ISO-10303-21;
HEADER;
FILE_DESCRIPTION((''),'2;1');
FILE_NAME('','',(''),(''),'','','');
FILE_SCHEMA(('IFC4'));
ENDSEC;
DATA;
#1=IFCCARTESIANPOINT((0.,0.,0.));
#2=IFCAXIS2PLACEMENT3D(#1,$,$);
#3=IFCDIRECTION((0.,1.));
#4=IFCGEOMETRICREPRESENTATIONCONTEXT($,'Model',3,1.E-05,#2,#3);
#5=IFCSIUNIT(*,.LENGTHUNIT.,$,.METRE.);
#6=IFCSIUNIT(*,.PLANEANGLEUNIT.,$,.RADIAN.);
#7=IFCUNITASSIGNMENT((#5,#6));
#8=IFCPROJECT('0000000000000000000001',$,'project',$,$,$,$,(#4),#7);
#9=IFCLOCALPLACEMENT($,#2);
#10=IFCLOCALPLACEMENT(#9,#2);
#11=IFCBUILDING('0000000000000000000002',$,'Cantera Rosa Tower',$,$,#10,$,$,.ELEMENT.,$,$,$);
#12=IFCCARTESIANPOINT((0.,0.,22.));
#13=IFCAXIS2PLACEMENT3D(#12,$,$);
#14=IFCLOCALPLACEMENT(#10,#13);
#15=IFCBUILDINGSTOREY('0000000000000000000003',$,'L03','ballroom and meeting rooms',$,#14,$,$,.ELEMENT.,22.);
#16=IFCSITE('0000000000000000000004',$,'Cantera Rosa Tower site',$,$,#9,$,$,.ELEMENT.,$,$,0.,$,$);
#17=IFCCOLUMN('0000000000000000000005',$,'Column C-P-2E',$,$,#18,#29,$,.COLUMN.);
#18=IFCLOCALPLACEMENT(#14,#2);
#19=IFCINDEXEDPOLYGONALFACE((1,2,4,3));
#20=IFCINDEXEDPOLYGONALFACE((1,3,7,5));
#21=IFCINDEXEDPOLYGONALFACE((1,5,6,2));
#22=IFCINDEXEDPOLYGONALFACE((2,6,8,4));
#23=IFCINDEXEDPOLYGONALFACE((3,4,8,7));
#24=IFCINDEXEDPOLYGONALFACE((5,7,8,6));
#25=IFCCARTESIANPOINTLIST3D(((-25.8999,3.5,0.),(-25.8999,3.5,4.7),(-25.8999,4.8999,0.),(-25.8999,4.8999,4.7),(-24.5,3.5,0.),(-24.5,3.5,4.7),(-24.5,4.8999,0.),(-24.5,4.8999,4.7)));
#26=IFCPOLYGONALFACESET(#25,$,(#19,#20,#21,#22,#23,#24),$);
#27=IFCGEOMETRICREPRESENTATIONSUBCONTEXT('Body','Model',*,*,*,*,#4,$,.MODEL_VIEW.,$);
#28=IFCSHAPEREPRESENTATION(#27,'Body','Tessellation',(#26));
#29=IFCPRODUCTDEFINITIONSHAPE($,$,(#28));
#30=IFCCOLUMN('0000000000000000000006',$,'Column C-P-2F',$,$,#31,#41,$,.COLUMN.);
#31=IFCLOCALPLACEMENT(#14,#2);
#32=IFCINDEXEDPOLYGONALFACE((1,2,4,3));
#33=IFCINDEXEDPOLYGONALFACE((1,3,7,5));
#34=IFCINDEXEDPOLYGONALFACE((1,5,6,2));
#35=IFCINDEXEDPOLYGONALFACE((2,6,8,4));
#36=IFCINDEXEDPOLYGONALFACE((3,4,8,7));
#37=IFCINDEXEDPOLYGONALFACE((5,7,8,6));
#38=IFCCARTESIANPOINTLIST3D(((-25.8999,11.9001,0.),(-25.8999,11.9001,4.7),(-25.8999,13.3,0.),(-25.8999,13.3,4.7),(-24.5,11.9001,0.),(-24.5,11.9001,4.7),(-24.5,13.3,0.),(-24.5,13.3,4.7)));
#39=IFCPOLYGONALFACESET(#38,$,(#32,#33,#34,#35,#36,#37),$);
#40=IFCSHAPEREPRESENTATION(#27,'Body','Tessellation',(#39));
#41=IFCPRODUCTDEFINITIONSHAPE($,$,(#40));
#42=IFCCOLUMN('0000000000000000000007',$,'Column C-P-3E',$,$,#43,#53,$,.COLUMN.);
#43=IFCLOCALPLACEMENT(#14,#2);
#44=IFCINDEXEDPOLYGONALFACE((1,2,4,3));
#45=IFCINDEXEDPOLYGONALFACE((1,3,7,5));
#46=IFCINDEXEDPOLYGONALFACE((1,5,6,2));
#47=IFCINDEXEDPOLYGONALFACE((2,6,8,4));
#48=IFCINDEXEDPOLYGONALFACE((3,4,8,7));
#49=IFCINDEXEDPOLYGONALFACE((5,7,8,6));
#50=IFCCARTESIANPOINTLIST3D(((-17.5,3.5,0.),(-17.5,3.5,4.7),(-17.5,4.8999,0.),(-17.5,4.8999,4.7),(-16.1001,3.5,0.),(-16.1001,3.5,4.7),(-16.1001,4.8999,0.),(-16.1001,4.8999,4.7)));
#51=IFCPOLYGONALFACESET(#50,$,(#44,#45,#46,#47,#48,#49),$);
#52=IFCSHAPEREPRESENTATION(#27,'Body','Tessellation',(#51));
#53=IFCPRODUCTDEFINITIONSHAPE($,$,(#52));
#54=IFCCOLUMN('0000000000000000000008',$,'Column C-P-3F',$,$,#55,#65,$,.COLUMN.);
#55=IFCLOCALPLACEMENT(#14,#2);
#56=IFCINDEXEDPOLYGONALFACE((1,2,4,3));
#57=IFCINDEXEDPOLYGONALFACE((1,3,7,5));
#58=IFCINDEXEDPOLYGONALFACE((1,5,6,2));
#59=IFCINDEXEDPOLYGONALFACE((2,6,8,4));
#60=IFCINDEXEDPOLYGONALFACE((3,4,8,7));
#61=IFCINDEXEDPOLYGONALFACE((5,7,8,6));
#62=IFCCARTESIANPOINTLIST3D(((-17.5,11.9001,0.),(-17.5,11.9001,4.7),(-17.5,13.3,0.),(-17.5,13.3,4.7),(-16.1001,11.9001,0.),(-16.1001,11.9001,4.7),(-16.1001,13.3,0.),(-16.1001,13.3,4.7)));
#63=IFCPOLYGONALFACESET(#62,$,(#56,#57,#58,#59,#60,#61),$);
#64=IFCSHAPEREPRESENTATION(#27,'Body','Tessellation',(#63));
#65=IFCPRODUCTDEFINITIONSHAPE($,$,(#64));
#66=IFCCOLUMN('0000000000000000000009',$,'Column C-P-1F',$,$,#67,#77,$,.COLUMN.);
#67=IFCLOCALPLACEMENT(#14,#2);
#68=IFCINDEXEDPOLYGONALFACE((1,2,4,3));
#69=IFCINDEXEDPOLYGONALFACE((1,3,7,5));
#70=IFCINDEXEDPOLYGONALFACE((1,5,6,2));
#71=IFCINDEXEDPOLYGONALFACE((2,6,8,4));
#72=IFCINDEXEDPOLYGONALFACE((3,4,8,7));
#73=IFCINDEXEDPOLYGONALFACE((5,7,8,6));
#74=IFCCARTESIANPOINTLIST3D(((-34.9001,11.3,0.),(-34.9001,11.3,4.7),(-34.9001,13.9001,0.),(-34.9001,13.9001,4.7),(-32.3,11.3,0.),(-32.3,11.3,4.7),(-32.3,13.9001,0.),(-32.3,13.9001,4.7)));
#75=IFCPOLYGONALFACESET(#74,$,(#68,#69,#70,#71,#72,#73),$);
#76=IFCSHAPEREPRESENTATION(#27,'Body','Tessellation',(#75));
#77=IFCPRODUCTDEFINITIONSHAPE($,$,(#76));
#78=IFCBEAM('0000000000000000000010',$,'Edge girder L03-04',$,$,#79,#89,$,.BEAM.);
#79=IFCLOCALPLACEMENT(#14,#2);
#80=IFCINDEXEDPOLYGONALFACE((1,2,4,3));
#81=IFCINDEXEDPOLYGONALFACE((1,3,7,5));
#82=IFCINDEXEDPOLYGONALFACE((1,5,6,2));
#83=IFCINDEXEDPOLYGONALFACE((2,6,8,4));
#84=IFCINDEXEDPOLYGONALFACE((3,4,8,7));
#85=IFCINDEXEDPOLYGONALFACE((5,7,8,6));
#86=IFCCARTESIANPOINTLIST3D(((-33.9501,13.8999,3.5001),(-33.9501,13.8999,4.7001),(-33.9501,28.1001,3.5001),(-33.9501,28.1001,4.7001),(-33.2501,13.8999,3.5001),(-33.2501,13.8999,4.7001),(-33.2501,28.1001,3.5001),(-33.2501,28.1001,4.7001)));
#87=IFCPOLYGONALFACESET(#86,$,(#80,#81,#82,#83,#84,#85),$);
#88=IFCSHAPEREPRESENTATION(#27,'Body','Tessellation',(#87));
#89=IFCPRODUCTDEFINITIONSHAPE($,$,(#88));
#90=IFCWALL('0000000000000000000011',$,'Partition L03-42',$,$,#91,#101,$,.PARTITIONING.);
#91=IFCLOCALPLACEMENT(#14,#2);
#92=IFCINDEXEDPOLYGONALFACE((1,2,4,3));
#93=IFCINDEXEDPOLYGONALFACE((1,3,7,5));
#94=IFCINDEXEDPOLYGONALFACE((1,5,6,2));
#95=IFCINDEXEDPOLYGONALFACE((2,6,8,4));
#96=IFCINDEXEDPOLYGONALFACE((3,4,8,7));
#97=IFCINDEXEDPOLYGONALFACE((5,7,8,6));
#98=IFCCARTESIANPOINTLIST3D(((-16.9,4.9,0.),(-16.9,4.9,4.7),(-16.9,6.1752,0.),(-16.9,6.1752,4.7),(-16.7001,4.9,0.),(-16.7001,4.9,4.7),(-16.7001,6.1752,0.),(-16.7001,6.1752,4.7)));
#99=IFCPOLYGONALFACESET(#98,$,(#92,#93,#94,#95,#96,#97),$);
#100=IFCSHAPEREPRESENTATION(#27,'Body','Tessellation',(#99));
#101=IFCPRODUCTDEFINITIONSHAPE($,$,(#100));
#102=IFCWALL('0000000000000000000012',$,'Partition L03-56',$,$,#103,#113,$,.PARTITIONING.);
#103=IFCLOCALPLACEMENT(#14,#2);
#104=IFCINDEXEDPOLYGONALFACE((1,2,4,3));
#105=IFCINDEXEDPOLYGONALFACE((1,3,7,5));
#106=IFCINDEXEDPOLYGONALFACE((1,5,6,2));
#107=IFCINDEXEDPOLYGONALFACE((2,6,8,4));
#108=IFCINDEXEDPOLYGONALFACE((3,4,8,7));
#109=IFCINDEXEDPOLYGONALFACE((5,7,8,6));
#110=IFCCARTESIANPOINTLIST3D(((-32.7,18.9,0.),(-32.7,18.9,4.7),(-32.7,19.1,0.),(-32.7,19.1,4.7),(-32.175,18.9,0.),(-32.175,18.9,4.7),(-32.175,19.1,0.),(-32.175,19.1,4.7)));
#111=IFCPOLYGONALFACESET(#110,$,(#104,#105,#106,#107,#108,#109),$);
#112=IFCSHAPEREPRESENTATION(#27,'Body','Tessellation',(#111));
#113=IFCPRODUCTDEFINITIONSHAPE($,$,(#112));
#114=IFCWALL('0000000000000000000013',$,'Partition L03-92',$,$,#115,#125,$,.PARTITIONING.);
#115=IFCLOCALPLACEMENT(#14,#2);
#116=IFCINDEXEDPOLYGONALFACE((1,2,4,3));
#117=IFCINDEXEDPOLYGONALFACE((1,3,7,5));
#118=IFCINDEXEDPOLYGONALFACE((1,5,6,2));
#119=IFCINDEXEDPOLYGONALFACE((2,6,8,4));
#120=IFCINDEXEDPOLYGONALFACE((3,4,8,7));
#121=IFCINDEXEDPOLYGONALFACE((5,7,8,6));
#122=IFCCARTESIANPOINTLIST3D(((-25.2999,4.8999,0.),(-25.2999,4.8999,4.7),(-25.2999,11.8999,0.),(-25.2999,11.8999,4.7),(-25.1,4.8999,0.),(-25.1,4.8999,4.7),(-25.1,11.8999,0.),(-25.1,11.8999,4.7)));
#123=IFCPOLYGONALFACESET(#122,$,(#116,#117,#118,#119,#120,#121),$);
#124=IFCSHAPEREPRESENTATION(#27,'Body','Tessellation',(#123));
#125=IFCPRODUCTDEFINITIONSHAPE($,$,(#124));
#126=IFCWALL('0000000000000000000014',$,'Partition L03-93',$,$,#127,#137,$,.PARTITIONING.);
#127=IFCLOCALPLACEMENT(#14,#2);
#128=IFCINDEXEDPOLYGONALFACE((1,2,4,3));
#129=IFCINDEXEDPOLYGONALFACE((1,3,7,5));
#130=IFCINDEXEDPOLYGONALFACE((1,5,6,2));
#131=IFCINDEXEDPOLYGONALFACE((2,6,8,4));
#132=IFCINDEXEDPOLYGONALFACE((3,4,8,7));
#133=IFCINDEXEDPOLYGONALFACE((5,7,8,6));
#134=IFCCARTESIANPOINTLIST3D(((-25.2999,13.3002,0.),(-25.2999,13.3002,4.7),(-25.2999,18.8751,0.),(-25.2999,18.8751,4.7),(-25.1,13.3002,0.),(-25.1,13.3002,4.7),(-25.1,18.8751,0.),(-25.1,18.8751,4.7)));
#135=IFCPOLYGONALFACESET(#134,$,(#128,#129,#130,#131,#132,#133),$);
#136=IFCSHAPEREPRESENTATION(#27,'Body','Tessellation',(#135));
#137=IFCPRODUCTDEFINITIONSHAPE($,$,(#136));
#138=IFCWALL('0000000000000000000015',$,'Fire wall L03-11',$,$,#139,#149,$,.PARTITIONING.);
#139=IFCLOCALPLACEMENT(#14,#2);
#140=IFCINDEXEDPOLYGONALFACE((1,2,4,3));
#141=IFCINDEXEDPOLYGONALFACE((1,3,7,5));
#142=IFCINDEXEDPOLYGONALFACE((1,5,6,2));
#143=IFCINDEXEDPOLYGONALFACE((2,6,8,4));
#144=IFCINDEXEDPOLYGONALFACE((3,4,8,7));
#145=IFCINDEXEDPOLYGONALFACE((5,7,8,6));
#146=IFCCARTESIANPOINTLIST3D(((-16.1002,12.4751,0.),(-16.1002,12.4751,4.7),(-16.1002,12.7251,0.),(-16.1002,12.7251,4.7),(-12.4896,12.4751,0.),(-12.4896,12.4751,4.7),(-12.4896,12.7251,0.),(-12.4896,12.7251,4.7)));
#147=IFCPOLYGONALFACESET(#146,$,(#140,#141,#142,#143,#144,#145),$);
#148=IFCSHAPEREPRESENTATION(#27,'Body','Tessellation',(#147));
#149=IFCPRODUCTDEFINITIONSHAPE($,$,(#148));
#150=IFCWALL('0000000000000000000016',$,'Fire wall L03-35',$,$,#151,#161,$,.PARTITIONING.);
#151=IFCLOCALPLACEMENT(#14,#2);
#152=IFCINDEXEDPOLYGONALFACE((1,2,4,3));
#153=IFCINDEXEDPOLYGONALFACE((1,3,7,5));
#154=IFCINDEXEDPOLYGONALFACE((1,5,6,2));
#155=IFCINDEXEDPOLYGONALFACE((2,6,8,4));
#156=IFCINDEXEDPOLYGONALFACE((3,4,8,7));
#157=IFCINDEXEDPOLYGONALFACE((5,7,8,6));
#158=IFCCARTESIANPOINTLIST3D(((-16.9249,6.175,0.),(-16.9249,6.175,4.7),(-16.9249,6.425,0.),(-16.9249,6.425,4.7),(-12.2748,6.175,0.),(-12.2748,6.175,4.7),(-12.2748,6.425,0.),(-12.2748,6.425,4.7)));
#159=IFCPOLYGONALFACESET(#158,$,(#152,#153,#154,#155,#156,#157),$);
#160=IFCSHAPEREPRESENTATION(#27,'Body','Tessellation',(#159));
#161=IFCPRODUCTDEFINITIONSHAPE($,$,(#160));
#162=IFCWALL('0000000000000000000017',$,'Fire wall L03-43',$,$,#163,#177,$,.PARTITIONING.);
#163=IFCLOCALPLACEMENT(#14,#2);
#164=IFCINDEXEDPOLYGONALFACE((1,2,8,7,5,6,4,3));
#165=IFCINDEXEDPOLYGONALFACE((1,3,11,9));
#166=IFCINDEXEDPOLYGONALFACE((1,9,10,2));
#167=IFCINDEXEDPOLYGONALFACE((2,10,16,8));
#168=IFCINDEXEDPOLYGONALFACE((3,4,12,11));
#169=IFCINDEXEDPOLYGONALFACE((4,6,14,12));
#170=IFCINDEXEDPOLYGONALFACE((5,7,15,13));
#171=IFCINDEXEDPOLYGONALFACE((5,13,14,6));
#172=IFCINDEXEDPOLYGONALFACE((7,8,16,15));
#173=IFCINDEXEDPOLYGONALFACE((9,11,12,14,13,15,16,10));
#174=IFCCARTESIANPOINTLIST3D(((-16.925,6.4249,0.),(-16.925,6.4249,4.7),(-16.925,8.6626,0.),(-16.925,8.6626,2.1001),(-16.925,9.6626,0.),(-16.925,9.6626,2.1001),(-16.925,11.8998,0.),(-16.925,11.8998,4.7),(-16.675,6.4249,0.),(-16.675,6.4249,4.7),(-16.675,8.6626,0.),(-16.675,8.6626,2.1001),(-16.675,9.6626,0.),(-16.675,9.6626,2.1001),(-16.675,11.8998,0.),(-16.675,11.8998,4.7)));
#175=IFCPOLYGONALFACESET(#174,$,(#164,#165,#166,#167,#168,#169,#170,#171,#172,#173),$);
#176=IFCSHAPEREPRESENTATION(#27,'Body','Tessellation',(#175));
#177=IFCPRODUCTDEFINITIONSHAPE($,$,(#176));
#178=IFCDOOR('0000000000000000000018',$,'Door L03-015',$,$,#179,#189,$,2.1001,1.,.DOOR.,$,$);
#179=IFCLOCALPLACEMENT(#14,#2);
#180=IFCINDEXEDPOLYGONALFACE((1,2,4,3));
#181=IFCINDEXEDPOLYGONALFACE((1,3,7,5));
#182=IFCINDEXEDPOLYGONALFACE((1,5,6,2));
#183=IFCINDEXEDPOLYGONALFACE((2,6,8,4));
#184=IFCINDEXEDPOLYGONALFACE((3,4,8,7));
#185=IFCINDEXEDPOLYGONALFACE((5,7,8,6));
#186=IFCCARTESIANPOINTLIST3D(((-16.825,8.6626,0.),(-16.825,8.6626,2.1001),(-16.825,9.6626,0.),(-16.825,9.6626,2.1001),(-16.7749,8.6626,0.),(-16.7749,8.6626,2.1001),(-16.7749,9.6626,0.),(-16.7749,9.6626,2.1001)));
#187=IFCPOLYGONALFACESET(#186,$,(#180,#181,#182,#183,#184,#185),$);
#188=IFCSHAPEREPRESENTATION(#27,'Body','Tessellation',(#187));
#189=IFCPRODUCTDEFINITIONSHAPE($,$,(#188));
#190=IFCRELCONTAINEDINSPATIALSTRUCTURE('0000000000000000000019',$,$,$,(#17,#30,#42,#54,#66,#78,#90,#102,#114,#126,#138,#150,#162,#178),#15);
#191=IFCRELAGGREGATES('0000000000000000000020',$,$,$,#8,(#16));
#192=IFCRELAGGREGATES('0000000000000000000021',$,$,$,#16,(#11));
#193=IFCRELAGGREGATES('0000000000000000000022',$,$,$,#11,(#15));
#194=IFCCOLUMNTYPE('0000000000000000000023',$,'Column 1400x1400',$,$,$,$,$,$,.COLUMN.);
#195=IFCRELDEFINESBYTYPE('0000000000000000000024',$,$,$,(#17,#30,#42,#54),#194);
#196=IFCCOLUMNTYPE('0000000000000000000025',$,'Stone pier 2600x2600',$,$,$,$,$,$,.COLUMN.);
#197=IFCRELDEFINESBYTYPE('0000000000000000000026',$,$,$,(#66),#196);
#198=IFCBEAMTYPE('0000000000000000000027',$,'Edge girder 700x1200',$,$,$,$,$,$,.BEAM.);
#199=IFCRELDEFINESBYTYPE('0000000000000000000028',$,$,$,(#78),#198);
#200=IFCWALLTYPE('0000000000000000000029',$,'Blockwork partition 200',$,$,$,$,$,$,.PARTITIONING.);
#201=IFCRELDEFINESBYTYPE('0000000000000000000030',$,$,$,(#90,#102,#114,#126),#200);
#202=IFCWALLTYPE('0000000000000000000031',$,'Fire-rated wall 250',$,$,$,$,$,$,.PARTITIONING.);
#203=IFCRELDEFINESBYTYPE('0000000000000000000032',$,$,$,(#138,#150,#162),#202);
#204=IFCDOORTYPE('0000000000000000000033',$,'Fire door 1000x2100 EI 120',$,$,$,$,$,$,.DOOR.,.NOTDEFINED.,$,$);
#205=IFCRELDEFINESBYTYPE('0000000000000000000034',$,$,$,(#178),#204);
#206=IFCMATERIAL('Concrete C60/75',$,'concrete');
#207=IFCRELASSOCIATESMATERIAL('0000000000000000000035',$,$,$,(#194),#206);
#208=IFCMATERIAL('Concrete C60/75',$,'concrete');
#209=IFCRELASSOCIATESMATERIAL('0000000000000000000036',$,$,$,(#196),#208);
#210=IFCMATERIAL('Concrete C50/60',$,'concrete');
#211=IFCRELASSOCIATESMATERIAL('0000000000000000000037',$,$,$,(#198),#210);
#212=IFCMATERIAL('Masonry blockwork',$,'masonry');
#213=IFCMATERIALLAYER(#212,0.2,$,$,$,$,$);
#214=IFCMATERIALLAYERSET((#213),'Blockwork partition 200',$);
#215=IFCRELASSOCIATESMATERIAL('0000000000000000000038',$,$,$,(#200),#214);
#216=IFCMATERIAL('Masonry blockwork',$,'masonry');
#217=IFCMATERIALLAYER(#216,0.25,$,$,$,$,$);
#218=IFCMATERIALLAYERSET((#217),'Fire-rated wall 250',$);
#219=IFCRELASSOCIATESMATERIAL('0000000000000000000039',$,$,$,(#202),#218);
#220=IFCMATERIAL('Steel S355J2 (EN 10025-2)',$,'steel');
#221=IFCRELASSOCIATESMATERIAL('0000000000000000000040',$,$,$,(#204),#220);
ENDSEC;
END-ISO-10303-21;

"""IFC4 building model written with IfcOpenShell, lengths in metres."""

from ifc_helpers import new_model, si_unit, direction, frame, frame_2d, origin, origin_2d, place, context, subcontext, project, spatial, rectangle, extrude, material, layer, layer_set, material_profile, profile_set, type_object, element, fill, save


model = new_model("IFC4")

# Units and contexts
model_context = context("Model", 3, precision=1e-05, world=origin(), true_north=direction((0.0, 1.0)))
body_context = subcontext(model_context, "Body", "Model", "MODEL_VIEW")
ifc_project = project(units=[si_unit("LENGTHUNIT", "METRE"), si_unit("PLANEANGLEUNIT", "RADIAN")], contexts=[model_context])

# Site, building, storey
site_placement = place(None, origin())
site = spatial("IfcSite", under=ifc_project, at=site_placement, Name="Cantera Rosa Tower site", CompositionType="ELEMENT", RefElevation=0.0)
building_placement = place(site_placement, origin())
building = spatial("IfcBuilding", under=site, at=building_placement, Name="Cantera Rosa Tower", CompositionType="ELEMENT")
storey_placement = place(building_placement, frame((0.0, 0.0, 22.0)))
storey = spatial("IfcBuildingStorey", under=building, at=storey_placement, Name="L03", Description="ballroom and meeting rooms", CompositionType="ELEMENT", Elevation=22.0)

# Columns
ifc_material_1 = material(Name="Concrete C60/75", Category="concrete")
ifc_material_profile_1 = material_profile(ifc_material_1, rectangle(XDim=1.3999, YDim=1.3999, at=origin_2d()), Name="Column 1400x1400")
ifc_profile_set_1 = profile_set([ifc_material_profile_1], Name="Concrete C60/75")
column_type_1 = type_object("IfcColumnType", Name="Column 1400x1400", PredefinedType="COLUMN", material=ifc_profile_set_1)
for number, where, z_axis, x_axis, name in (
    (1, (-25.2, 4.2, 0.0), (0.0, 0.0, 1.0), (1.0, 0.0, 0.0), "Column C-P-2E"),
    (2, (-25.2, 12.6001, 0.0), (0.0, 0.0, 1.0), (1.0, 0.0, 0.0), "Column C-P-2F"),
    (3, (-16.8, 4.2, 0.0), (0.0, 0.0, 1.0), (1.0, 0.0, 0.0), "Column C-P-3E"),
    (4, (-16.8, 12.6001, 0.0), (0.0, 0.0, 1.0), (1.0, 0.0, 0.0), "Column C-P-3F"),
):
    element("IfcColumn", number, at=place(storey_placement, frame(where, z_axis=z_axis, x_axis=x_axis)), inside=storey, type_object=column_type_1, Name=name, PredefinedType="COLUMN", context=body_context, shape_type="SweptSolid", body=[
        extrude(rectangle(XDim=1.3999, YDim=1.3999, at=origin_2d()), origin(), (0.0, 0.0, 1.0), 4.7),
    ])
ifc_material_2 = material(Name="Concrete C60/75", Category="concrete")
ifc_material_profile_2 = material_profile(ifc_material_2, rectangle(XDim=2.6001, YDim=2.6001, at=origin_2d()), Name="Stone pier 2600x2600")
ifc_profile_set_2 = profile_set([ifc_material_profile_2], Name="Concrete C60/75")
column_type_2 = type_object("IfcColumnType", Name="Stone pier 2600x2600", PredefinedType="COLUMN", material=ifc_profile_set_2)
column_placement = place(storey_placement, frame((-33.6001, 12.6001, 0.0), z_axis=(0.0, 0.0, 1.0), x_axis=(1.0, 0.0, 0.0)))
element("IfcColumn", 5, at=column_placement, inside=storey, type_object=column_type_2, Name="Column C-P-1F", PredefinedType="COLUMN", context=body_context, shape_type="SweptSolid", body=[
    extrude(rectangle(XDim=2.6001, YDim=2.6001, at=origin_2d()), origin(), (0.0, 0.0, 1.0), 4.7),
])

# Beam
ifc_material_3 = material(Name="Concrete C50/60", Category="concrete")
ifc_material_profile_3 = material_profile(ifc_material_3, rectangle(XDim=0.7, YDim=1.2, at=origin_2d()), Name="Edge girder 700x1200")
ifc_profile_set_3 = profile_set([ifc_material_profile_3], Name="Concrete C50/60")
beam_type = type_object("IfcBeamType", Name="Edge girder 700x1200", PredefinedType="BEAM", material=ifc_profile_set_3)
beam_placement = place(storey_placement, frame((-33.6001, 13.8999, 4.1001), z_axis=(0.0, 1.0, 0.0), x_axis=(-1.0, 0.0, 0.0)))
element("IfcBeam", 6, at=beam_placement, inside=storey, type_object=beam_type, Name="Edge girder L03-04", PredefinedType="BEAM", context=body_context, shape_type="SweptSolid", body=[
    extrude(rectangle(XDim=0.7, YDim=1.2, at=origin_2d()), origin(), (0.0, 0.0, 1.0), 14.2002),
])

# Walls
ifc_material_4 = material(Name="Masonry blockwork", Category="masonry")
ifc_layer_1 = layer(ifc_material_4, 0.2)
ifc_layer_set_1 = layer_set([ifc_layer_1], Name="Blockwork partition 200")
wall_type_1 = type_object("IfcWallType", Name="Blockwork partition 200", PredefinedType="PARTITIONING", material=ifc_layer_set_1)
wall_1_placement = place(storey_placement, frame((-16.8, 4.8999, 0.0), z_axis=(0.0, 0.0, 1.0), x_axis=(0.0, 1.0, 0.0)))
element("IfcWall", 7, at=wall_1_placement, inside=storey, type_object=wall_type_1, Name="Partition L03-42", PredefinedType="PARTITIONING", context=body_context, shape_type="SweptSolid", body=[
    extrude(rectangle(XDim=1.2751, YDim=0.2, at=frame_2d((0.6377, 0.0))), origin(), (0.0, 0.0, 1.0), 4.7),
])
wall_2_placement = place(storey_placement, frame((-32.7, 19.0, 0.0), z_axis=(0.0, 0.0, 1.0), x_axis=(1.0, 0.0, 0.0)))
element("IfcWall", 8, at=wall_2_placement, inside=storey, type_object=wall_type_1, Name="Partition L03-56", PredefinedType="PARTITIONING", context=body_context, shape_type="SweptSolid", body=[
    extrude(rectangle(XDim=0.5249, YDim=0.2, at=frame_2d((0.2625, 0.0))), origin(), (0.0, 0.0, 1.0), 4.7),
])
wall_3_placement = place(storey_placement, frame((-25.2, 4.8999, 0.0), z_axis=(0.0, 0.0, 1.0), x_axis=(0.0, 1.0, 0.0)))
element("IfcWall", 9, at=wall_3_placement, inside=storey, type_object=wall_type_1, Name="Partition L03-92", PredefinedType="PARTITIONING", context=body_context, shape_type="SweptSolid", body=[
    extrude(rectangle(XDim=7.0, YDim=0.2, at=frame_2d((3.5, 0.0))), origin(), (0.0, 0.0, 1.0), 4.7),
])
wall_4_placement = place(storey_placement, frame((-25.2, 13.3, 0.0), z_axis=(0.0, 0.0, 1.0), x_axis=(0.0, 1.0, 0.0)))
element("IfcWall", 10, at=wall_4_placement, inside=storey, type_object=wall_type_1, Name="Partition L03-93", PredefinedType="PARTITIONING", context=body_context, shape_type="SweptSolid", body=[
    extrude(rectangle(XDim=5.575, YDim=0.2, at=frame_2d((2.7876, 0.0))), origin(), (0.0, 0.0, 1.0), 4.7),
])
ifc_material_5 = material(Name="Masonry blockwork", Category="masonry")
ifc_layer_2 = layer(ifc_material_5, 0.25)
ifc_layer_set_2 = layer_set([ifc_layer_2], Name="Fire-rated wall 250")
wall_type_2 = type_object("IfcWallType", Name="Fire-rated wall 250", PredefinedType="PARTITIONING", material=ifc_layer_set_2)
wall_5_placement = place(storey_placement, frame((-16.1001, 12.6001, 0.0), z_axis=(0.0, 0.0, 1.0), x_axis=(1.0, 0.0, 0.0)))
element("IfcWall", 11, at=wall_5_placement, inside=storey, type_object=wall_type_2, Name="Fire wall L03-11", PredefinedType="PARTITIONING", context=body_context, shape_type="SweptSolid", body=[
    extrude(rectangle(XDim=3.6106, YDim=0.25, at=frame_2d((1.8052, 0.0))), origin(), (0.0, 0.0, 1.0), 4.7),
])
wall_6_placement = place(storey_placement, frame((-16.925, 6.3, 0.0), z_axis=(0.0, 0.0, 1.0), x_axis=(1.0, 0.0, 0.0)))
element("IfcWall", 12, at=wall_6_placement, inside=storey, type_object=wall_type_2, Name="Fire wall L03-35", PredefinedType="PARTITIONING", context=body_context, shape_type="SweptSolid", body=[
    extrude(rectangle(XDim=4.6501, YDim=0.25, at=frame_2d((2.3252, 0.0))), origin(), (0.0, 0.0, 1.0), 4.7),
])

# Wall, opening, door
wall_7_placement = place(storey_placement, frame((-16.8, 6.425, 0.0), z_axis=(0.0, 0.0, 1.0), x_axis=(0.0, 1.0, 0.0)))
wall_7 = element("IfcWall", 13, at=wall_7_placement, inside=storey, type_object=wall_type_2, Name="Fire wall L03-43", PredefinedType="PARTITIONING", context=body_context, shape_type="SweptSolid", body=[
    extrude(rectangle(XDim=5.4749, YDim=0.25, at=frame_2d((2.7373, 0.0))), origin(), (0.0, 0.0, 1.0), 4.7),
])
opening_1_placement = place(wall_7_placement, frame((2.2375, 0.0, 0.0)))
opening_1 = element("IfcOpeningElement", 14, at=opening_1_placement, cuts=wall_7, PredefinedType="OPENING", context=body_context, shape_type="SweptSolid", body=[
    extrude(rectangle(XDim=1.0, YDim=2.1001, at=frame_2d((0.5, 1.05))), frame((0.0, 0.135, 0.0), z_axis=(0.0, -1.0, 0.0), x_axis=(1.0, 0.0, 0.0)), (0.0, 0.0, 1.0), 0.27),
])
ifc_material_6 = material(Name="Steel S355J2 (EN 10025-2)", Category="steel")
door_type_1 = type_object("IfcDoorType", Name="Fire door 1000x2100 EI 120", OperationType="NOTDEFINED", PredefinedType="DOOR", material=ifc_material_6)
door_1_placement = place(opening_1_placement, origin())
door_1 = element("IfcDoor", 15, at=door_1_placement, inside=storey, type_object=door_type_1, Name="Door L03-015", OverallHeight=2.1001, OverallWidth=1.0, PredefinedType="DOOR", context=body_context, shape_type="SweptSolid", body=[
    extrude(rectangle(XDim=1.0, YDim=2.1001, at=frame_2d((0.5, 1.05))), frame((0.0, 0.0249, 0.0), z_axis=(0.0, -1.0, 0.0), x_axis=(1.0, 0.0, 0.0)), (0.0, 0.0, 1.0), 0.05),
])
fill(opening_1, door_1)

save(model, "model.ifc")
